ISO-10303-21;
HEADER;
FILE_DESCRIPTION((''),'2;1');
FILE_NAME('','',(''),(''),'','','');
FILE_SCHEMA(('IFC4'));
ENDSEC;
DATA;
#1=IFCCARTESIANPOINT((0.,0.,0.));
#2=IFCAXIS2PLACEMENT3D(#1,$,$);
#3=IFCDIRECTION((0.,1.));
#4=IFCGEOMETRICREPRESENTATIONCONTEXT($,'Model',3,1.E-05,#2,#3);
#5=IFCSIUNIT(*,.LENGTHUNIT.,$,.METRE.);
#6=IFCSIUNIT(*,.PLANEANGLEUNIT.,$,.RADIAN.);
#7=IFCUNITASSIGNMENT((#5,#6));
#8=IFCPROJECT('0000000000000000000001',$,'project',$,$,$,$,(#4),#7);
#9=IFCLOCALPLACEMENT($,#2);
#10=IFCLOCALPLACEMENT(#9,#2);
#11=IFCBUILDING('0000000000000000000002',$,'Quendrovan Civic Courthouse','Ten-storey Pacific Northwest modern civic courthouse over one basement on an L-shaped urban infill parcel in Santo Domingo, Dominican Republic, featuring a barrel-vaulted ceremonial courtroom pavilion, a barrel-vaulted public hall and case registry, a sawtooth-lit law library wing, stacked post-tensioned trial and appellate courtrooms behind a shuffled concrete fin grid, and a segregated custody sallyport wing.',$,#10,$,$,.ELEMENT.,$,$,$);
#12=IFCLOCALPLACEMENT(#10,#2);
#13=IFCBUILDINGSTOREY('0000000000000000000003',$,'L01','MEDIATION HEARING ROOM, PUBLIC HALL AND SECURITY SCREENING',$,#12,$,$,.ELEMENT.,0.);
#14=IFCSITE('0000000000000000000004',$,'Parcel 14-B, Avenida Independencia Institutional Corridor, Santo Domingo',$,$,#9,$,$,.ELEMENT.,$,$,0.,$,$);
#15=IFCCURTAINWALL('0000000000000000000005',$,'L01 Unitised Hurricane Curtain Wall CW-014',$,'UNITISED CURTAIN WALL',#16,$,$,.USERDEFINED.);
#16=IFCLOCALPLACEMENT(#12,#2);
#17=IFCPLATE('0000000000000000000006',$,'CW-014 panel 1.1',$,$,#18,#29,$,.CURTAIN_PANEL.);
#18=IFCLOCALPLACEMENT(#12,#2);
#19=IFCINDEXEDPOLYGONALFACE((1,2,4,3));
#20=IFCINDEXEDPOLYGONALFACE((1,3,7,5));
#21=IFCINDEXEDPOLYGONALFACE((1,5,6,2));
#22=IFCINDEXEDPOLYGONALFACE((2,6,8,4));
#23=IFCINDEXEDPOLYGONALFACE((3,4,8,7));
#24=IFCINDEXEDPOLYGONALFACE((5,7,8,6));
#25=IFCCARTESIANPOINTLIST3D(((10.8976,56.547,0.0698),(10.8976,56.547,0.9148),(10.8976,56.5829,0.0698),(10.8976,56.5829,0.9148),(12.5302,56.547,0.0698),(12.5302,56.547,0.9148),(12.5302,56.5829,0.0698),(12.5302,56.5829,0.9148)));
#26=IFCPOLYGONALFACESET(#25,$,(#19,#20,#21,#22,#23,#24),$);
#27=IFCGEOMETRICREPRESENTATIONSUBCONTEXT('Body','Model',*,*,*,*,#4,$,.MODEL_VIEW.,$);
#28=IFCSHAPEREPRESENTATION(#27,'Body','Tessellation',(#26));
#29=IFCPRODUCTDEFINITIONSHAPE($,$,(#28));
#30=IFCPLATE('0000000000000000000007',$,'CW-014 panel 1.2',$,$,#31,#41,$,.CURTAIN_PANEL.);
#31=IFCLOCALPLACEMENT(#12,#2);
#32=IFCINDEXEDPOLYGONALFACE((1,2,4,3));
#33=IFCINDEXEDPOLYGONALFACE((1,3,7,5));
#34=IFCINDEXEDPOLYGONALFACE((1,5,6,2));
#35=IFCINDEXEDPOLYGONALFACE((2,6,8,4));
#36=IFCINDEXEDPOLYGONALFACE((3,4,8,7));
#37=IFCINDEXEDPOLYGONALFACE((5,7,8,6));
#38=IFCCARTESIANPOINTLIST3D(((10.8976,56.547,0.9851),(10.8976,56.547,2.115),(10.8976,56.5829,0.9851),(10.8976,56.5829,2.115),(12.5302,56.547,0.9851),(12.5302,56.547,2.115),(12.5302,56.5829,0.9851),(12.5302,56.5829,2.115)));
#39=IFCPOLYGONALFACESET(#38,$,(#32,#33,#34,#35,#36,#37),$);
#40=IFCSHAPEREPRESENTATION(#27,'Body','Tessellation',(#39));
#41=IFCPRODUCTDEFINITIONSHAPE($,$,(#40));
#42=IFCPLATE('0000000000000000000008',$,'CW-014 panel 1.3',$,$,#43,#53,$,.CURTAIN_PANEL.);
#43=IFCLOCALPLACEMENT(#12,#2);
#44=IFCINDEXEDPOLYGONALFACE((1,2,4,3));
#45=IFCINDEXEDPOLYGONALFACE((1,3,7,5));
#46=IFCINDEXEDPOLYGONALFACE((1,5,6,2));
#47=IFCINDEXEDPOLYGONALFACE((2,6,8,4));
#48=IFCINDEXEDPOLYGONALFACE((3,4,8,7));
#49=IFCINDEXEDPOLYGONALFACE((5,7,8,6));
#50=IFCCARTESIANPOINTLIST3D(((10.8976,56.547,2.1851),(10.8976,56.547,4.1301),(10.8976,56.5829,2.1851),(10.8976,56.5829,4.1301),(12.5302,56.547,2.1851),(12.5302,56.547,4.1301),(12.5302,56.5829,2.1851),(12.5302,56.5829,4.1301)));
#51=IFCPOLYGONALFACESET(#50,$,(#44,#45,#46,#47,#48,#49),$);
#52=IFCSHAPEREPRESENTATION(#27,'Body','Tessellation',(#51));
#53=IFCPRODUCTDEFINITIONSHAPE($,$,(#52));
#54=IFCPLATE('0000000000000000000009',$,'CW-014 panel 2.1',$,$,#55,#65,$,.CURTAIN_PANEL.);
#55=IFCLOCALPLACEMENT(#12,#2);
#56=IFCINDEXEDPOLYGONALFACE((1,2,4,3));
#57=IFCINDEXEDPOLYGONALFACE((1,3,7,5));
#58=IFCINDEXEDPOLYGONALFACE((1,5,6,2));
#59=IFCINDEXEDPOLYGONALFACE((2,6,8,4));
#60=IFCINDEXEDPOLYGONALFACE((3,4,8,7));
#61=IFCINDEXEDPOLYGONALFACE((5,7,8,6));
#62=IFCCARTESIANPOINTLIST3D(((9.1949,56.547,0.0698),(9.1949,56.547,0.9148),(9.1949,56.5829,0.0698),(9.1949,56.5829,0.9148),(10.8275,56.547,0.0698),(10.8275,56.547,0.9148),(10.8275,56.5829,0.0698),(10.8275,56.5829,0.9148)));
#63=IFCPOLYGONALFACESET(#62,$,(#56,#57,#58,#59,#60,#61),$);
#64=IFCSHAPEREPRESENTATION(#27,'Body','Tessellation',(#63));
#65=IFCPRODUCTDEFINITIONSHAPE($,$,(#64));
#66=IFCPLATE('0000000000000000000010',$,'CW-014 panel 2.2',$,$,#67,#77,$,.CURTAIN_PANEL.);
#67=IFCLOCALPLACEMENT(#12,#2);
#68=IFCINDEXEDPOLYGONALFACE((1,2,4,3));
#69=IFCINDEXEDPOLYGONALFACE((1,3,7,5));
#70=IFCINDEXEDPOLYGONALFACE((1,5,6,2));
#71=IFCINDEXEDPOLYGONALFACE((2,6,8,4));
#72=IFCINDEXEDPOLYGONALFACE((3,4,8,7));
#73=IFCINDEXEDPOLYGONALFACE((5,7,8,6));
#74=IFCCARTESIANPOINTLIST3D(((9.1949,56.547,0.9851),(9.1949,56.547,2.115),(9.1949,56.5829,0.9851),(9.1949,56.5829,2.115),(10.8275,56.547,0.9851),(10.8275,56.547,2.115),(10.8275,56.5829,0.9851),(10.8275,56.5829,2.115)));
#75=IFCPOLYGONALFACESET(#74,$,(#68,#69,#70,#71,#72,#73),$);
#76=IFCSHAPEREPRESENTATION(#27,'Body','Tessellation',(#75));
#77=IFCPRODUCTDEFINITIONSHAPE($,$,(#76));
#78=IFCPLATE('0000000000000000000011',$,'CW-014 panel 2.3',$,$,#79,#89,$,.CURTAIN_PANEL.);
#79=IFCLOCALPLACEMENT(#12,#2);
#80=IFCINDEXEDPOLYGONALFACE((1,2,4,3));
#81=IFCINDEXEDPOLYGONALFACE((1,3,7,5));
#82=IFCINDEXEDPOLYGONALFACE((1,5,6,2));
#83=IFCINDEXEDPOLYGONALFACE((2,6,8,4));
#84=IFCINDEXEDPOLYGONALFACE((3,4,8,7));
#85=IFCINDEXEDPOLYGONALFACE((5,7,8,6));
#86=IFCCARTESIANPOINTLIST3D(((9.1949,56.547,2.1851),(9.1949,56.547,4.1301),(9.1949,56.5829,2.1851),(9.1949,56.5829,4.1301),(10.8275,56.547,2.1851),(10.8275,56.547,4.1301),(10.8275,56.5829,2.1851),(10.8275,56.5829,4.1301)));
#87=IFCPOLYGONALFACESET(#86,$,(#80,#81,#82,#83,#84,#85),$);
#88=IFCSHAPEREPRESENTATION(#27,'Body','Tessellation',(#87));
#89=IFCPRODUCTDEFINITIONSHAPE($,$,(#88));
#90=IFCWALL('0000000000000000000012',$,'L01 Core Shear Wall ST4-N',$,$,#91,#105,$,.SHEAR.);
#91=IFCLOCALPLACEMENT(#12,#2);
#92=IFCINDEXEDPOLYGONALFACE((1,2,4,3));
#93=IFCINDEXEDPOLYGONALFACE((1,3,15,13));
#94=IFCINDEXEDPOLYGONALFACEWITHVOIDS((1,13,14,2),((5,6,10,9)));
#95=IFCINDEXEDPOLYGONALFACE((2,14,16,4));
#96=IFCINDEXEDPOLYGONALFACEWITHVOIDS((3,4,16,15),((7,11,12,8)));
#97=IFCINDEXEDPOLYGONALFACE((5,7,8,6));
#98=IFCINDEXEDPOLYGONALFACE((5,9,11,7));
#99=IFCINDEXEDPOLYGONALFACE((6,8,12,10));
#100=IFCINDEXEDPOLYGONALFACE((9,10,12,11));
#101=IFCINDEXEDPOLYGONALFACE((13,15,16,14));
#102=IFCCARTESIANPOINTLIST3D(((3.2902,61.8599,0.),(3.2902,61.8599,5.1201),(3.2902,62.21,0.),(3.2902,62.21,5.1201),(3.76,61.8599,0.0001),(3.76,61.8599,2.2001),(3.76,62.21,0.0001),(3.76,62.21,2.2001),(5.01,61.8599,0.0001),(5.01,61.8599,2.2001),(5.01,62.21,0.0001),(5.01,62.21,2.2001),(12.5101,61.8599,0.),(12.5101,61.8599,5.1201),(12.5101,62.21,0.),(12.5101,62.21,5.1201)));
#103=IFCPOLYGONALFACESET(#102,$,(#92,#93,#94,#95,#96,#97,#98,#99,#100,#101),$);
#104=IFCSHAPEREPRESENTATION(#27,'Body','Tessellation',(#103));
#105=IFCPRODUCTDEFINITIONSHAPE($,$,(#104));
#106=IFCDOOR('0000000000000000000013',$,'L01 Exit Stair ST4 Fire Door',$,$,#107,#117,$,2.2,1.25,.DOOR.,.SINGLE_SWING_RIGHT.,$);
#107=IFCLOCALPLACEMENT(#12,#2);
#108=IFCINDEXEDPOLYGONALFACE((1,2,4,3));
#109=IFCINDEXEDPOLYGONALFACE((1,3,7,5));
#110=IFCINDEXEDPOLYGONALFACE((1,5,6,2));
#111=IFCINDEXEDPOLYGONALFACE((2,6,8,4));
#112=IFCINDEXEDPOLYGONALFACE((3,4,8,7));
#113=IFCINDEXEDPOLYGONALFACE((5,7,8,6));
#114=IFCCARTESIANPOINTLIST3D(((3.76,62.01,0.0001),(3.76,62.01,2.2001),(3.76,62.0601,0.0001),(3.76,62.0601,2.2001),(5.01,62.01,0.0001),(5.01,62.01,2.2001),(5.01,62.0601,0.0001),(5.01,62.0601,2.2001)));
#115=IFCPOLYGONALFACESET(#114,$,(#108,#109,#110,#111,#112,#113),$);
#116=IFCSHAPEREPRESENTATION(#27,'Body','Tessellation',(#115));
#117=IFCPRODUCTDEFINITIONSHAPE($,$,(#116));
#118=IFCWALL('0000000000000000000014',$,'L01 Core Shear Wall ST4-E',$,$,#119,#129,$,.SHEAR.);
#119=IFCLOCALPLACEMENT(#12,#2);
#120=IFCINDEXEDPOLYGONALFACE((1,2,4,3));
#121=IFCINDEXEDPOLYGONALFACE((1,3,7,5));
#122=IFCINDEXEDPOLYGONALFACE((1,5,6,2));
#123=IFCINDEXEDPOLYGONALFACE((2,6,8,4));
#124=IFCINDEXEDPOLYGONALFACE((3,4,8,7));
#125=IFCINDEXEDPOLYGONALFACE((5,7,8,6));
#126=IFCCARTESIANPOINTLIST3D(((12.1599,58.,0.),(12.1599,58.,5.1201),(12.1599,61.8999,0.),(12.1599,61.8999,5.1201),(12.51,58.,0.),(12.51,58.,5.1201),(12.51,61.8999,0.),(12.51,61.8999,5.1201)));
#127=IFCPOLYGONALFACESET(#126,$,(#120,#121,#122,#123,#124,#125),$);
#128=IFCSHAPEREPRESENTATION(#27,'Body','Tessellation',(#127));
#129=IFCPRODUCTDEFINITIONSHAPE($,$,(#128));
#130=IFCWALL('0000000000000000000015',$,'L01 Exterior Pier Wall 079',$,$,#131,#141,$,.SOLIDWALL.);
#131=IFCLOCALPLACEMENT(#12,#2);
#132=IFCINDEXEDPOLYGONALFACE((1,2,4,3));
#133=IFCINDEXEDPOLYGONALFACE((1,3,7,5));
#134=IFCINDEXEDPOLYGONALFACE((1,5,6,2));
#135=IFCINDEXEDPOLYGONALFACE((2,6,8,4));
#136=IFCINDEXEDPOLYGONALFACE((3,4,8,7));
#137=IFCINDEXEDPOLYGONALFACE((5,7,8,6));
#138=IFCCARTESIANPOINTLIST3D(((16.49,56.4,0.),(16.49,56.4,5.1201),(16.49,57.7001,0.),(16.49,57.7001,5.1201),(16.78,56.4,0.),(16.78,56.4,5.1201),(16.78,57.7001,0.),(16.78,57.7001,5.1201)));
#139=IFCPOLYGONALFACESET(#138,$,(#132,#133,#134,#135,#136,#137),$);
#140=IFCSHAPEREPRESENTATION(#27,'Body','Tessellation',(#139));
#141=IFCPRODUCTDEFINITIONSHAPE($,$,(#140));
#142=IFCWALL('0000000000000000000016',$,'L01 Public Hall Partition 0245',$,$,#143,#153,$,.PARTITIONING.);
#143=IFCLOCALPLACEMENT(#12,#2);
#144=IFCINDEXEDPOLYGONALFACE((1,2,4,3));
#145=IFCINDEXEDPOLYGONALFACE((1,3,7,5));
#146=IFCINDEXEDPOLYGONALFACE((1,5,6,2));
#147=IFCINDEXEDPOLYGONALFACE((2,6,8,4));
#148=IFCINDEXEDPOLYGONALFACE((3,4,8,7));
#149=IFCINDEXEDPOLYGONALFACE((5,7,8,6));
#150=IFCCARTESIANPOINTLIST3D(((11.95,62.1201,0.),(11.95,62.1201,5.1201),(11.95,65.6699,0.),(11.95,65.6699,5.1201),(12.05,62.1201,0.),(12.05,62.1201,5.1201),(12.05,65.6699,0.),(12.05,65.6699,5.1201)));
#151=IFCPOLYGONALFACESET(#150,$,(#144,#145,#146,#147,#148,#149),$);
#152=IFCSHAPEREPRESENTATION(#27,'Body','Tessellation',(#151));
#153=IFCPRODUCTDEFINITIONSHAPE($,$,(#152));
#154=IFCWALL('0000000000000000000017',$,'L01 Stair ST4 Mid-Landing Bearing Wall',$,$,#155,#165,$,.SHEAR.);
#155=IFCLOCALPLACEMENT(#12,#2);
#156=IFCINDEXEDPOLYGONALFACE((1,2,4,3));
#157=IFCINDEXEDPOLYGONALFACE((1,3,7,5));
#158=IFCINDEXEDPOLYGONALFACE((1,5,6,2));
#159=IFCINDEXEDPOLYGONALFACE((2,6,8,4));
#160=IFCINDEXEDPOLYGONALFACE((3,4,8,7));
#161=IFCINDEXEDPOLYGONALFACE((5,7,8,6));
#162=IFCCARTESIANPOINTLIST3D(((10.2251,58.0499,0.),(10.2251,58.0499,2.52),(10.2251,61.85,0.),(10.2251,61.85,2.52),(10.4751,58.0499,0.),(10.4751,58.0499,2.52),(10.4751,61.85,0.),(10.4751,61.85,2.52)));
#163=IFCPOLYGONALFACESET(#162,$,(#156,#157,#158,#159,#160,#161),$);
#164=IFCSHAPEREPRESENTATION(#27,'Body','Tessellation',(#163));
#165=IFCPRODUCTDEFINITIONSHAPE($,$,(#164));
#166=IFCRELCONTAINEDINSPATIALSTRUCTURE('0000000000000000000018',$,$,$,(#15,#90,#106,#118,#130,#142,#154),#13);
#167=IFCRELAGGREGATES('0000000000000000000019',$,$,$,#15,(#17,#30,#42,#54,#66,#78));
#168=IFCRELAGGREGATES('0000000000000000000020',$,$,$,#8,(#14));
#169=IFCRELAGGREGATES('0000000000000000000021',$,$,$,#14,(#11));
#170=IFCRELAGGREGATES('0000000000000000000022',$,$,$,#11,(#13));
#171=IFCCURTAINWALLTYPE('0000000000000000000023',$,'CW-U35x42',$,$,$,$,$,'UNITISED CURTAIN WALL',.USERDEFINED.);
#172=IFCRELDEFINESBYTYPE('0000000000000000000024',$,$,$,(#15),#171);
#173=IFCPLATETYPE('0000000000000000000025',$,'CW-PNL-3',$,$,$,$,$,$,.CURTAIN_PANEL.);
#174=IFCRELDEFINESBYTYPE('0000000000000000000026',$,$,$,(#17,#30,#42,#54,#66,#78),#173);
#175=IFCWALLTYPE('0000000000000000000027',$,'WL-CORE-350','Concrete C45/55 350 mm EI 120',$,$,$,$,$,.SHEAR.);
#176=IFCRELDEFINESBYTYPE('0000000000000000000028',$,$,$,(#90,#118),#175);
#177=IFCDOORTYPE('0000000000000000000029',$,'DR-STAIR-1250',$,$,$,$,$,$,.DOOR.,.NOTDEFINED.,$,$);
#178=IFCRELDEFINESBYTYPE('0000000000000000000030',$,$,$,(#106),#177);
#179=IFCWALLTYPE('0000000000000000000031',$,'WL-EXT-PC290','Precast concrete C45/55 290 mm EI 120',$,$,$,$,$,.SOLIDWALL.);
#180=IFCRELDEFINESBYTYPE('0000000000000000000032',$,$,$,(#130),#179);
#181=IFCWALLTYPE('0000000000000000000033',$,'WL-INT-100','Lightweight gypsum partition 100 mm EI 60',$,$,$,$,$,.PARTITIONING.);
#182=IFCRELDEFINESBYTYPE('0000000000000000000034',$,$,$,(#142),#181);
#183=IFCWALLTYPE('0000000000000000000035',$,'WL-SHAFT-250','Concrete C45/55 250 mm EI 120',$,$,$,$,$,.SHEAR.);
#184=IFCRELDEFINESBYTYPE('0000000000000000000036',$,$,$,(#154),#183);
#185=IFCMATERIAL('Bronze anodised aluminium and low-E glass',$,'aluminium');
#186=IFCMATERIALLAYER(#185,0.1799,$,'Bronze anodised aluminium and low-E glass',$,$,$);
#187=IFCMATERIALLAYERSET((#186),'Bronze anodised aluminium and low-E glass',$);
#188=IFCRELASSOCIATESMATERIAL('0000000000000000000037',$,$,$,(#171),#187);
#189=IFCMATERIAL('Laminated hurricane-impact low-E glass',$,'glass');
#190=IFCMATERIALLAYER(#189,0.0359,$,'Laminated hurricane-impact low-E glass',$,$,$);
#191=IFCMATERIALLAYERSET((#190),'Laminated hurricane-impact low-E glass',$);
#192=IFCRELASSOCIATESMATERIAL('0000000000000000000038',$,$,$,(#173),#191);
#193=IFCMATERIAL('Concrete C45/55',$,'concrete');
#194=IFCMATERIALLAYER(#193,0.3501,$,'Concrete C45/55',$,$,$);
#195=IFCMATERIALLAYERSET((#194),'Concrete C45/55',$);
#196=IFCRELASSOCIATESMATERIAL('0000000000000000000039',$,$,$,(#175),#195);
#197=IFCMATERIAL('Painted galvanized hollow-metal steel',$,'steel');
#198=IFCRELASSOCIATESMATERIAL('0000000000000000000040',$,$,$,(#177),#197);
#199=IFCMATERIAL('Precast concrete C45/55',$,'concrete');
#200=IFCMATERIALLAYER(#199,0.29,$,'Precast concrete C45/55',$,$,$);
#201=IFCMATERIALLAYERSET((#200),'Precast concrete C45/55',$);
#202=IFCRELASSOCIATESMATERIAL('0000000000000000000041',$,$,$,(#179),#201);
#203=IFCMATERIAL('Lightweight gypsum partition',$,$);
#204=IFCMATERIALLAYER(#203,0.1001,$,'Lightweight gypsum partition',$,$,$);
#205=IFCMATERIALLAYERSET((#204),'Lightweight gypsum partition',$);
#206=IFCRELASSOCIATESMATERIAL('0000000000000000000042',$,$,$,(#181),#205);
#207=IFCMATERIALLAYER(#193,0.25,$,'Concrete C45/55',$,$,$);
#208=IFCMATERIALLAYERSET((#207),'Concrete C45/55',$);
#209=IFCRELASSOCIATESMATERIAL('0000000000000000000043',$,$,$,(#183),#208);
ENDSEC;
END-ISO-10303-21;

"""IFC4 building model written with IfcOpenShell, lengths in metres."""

from ifc_helpers import new_model, si_unit, direction, frame, frame_2d, origin, origin_2d, place, context, subcontext, project, spatial, rectangle, extrude, material, layer, layer_set, type_object, element, fill, aggregate, save


model = new_model("IFC4")

# Units and contexts
model_context = context("Model", 3, precision=1e-05, world=origin(), true_north=direction((0.0, 1.0)))
body_context = subcontext(model_context, "Body", "Model", "MODEL_VIEW")
ifc_project = project(units=[si_unit("LENGTHUNIT", "METRE"), si_unit("PLANEANGLEUNIT", "RADIAN")], contexts=[model_context])

# Site, building, storey
site_placement = place(None, origin())
site = spatial("IfcSite", under=ifc_project, at=site_placement, Name="Parcel 14-B, Avenida Independencia Institutional Corridor, Santo Domingo", CompositionType="ELEMENT", RefElevation=0.0)
building_placement = place(site_placement, origin())
building = spatial("IfcBuilding", under=site, at=building_placement, Name="Quendrovan Civic Courthouse", Description="Ten-storey Pacific Northwest modern civic courthouse over one basement on an L-shaped urban infill parcel in Santo Domingo, Dominican Republic, featuring a barrel-vaulted ceremonial courtroom pavilion, a barrel-vaulted public hall and case registry, a sawtooth-lit law library wing, stacked post-tensioned trial and appellate courtrooms behind a shuffled concrete fin grid, and a segregated custody sallyport wing.", CompositionType="ELEMENT")
storey_placement = place(building_placement, origin())
storey = spatial("IfcBuildingStorey", under=building, at=storey_placement, Name="L01", Description="MEDIATION HEARING ROOM, PUBLIC HALL AND SECURITY SCREENING", CompositionType="ELEMENT", Elevation=0.0)

# Curtain wall
ifc_material_1 = material(Name="Bronze anodised aluminium and low-E glass", Category="aluminium")
ifc_layer_1 = layer(ifc_material_1, 0.1799, Name="Bronze anodised aluminium and low-E glass")
ifc_layer_set_1 = layer_set([ifc_layer_1], Name="Bronze anodised aluminium and low-E glass")
curtain_wall_type_1 = type_object("IfcCurtainWallType", Name="CW-U35x42", ElementType="UNITISED CURTAIN WALL", PredefinedType="USERDEFINED", material=ifc_layer_set_1)
curtain_wall_1_placement = place(storey_placement, origin())
curtain_wall_1 = element("IfcCurtainWall", 1, at=curtain_wall_1_placement, inside=storey, type_object=curtain_wall_type_1, Name="L01 Unitised Hurricane Curtain Wall CW-014", ObjectType="UNITISED CURTAIN WALL", PredefinedType="USERDEFINED")

# Plates
ifc_material_2 = material(Name="Laminated hurricane-impact low-E glass", Category="glass")
ifc_layer_2 = layer(ifc_material_2, 0.0359, Name="Laminated hurricane-impact low-E glass")
ifc_layer_set_2 = layer_set([ifc_layer_2], Name="Laminated hurricane-impact low-E glass")
plate_type = type_object("IfcPlateType", Name="CW-PNL-3", PredefinedType="CURTAIN_PANEL", material=ifc_layer_set_2)
plate_1_placement = place(storey_placement, frame((11.7139, 56.5649, 0.0698), z_axis=(0.0, 0.0, 1.0), x_axis=(-1.0, 0.0, 0.0)))
plate_1 = element("IfcPlate", 2, at=plate_1_placement, type_object=plate_type, Name="CW-014 panel 1.1", PredefinedType="CURTAIN_PANEL", context=body_context, shape_type="SweptSolid", body=[
    extrude(rectangle(XDim=1.6326, YDim=0.0359, at=origin_2d()), origin(), (0.0, 0.0, 1.0), 0.845),
])
plate_2_placement = place(storey_placement, frame((11.7139, 56.5649, 0.9851), z_axis=(0.0, 0.0, 1.0), x_axis=(-1.0, 0.0, 0.0)))
plate_2 = element("IfcPlate", 3, at=plate_2_placement, type_object=plate_type, Name="CW-014 panel 1.2", PredefinedType="CURTAIN_PANEL", context=body_context, shape_type="SweptSolid", body=[
    extrude(rectangle(XDim=1.6326, YDim=0.0359, at=origin_2d()), origin(), (0.0, 0.0, 1.0), 1.1299),
])
plate_3_placement = place(storey_placement, frame((11.7139, 56.5649, 2.1851), z_axis=(0.0, 0.0, 1.0), x_axis=(-1.0, 0.0, 0.0)))
plate_3 = element("IfcPlate", 4, at=plate_3_placement, type_object=plate_type, Name="CW-014 panel 1.3", PredefinedType="CURTAIN_PANEL", context=body_context, shape_type="SweptSolid", body=[
    extrude(rectangle(XDim=1.6326, YDim=0.0359, at=origin_2d()), origin(), (0.0, 0.0, 1.0), 1.9451),
])
plate_4_placement = place(storey_placement, frame((10.0112, 56.5649, 0.0698), z_axis=(0.0, 0.0, 1.0), x_axis=(-1.0, 0.0, 0.0)))
plate_4 = element("IfcPlate", 5, at=plate_4_placement, type_object=plate_type, Name="CW-014 panel 2.1", PredefinedType="CURTAIN_PANEL", context=body_context, shape_type="SweptSolid", body=[
    extrude(rectangle(XDim=1.6326, YDim=0.0359, at=origin_2d()), origin(), (0.0, 0.0, 1.0), 0.845),
])
plate_5_placement = place(storey_placement, frame((10.0112, 56.5649, 0.9851), z_axis=(0.0, 0.0, 1.0), x_axis=(-1.0, 0.0, 0.0)))
plate_5 = element("IfcPlate", 6, at=plate_5_placement, type_object=plate_type, Name="CW-014 panel 2.2", PredefinedType="CURTAIN_PANEL", context=body_context, shape_type="SweptSolid", body=[
    extrude(rectangle(XDim=1.6326, YDim=0.0359, at=origin_2d()), origin(), (0.0, 0.0, 1.0), 1.1299),
])
plate_6_placement = place(storey_placement, frame((10.0112, 56.5649, 2.1851), z_axis=(0.0, 0.0, 1.0), x_axis=(-1.0, 0.0, 0.0)))
plate_6 = element("IfcPlate", 7, at=plate_6_placement, type_object=plate_type, Name="CW-014 panel 2.3", PredefinedType="CURTAIN_PANEL", context=body_context, shape_type="SweptSolid", body=[
    extrude(rectangle(XDim=1.6326, YDim=0.0359, at=origin_2d()), origin(), (0.0, 0.0, 1.0), 1.9451),
])
aggregate(curtain_wall_1, [plate_1, plate_2, plate_3, plate_4, plate_5, plate_6])

# Wall, opening, door
ifc_material_3 = material(Name="Concrete C45/55", Category="concrete")
ifc_layer_3 = layer(ifc_material_3, 0.3501, Name="Concrete C45/55")
ifc_layer_set_3 = layer_set([ifc_layer_3], Name="Concrete C45/55")
wall_type_1 = type_object("IfcWallType", Name="WL-CORE-350", Description="Concrete C45/55 350 mm EI 120", PredefinedType="SHEAR", material=ifc_layer_set_3)
wall_1_placement = place(storey_placement, frame((12.51, 62.0349, 0.0), z_axis=(0.0, 0.0, 1.0), x_axis=(-1.0, 0.0, 0.0)))
wall_1 = element("IfcWall", 8, at=wall_1_placement, inside=storey, type_object=wall_type_1, Name="L01 Core Shear Wall ST4-N", PredefinedType="SHEAR", context=body_context, shape_type="SweptSolid", body=[
    extrude(rectangle(XDim=9.22, YDim=0.3501, at=frame_2d((4.6099, 0.0))), origin(), (0.0, 0.0, 1.0), 5.1201),
])
opening_placement = place(wall_1_placement, frame((7.5, 0.0, 0.0)))
opening = element("IfcOpeningElement", 9, at=opening_placement, cuts=wall_1, PredefinedType="OPENING", context=body_context, shape_type="SweptSolid", body=[
    extrude(rectangle(XDim=1.25, YDim=2.2, at=frame_2d((0.625, 1.1001))), frame((0.0, 0.1851, 0.0), z_axis=(0.0, -1.0, 0.0), x_axis=(1.0, 0.0, 0.0)), (0.0, 0.0, 1.0), 0.3701),
])
ifc_material_4 = material(Name="Painted galvanized hollow-metal steel", Category="steel")
door_type = type_object("IfcDoorType", Name="DR-STAIR-1250", OperationType="NOTDEFINED", PredefinedType="DOOR", material=ifc_material_4)
door_placement = place(opening_placement, origin())
door = element("IfcDoor", 10, at=door_placement, inside=storey, type_object=door_type, Name="L01 Exit Stair ST4 Fire Door", OperationType="SINGLE_SWING_RIGHT", OverallHeight=2.2, OverallWidth=1.25, PredefinedType="DOOR", context=body_context, shape_type="SweptSolid", body=[
    extrude(rectangle(XDim=1.25, YDim=2.2, at=frame_2d((0.625, 1.1001))), frame((0.0, 0.0249, 0.0), z_axis=(0.0, -1.0, 0.0), x_axis=(1.0, 0.0, 0.0)), (0.0, 0.0, 1.0), 0.05),
])
fill(opening, door)

# Walls
wall_2_placement = place(storey_placement, frame((12.335, 61.8999, 0.0), z_axis=(0.0, 0.0, 1.0), x_axis=(0.0, -1.0, 0.0)))
element("IfcWall", 11, at=wall_2_placement, inside=storey, type_object=wall_type_1, Name="L01 Core Shear Wall ST4-E", PredefinedType="SHEAR", context=body_context, shape_type="SweptSolid", body=[
    extrude(rectangle(XDim=3.8999, YDim=0.3501, at=frame_2d((1.95, 0.0))), origin(), (0.0, 0.0, 1.0), 5.1201),
])
ifc_material_5 = material(Name="Precast concrete C45/55", Category="concrete")
ifc_layer_4 = layer(ifc_material_5, 0.29, Name="Precast concrete C45/55")
ifc_layer_set_4 = layer_set([ifc_layer_4], Name="Precast concrete C45/55")
wall_type_2 = type_object("IfcWallType", Name="WL-EXT-PC290", Description="Precast concrete C45/55 290 mm EI 120", PredefinedType="SOLIDWALL", material=ifc_layer_set_4)
wall_3_placement = place(storey_placement, frame((16.635, 57.7, 0.0), z_axis=(0.0, 0.0, 1.0), x_axis=(0.0, -1.0, 0.0)))
element("IfcWall", 12, at=wall_3_placement, inside=storey, type_object=wall_type_2, Name="L01 Exterior Pier Wall 079", PredefinedType="SOLIDWALL", context=body_context, shape_type="SweptSolid", body=[
    extrude(rectangle(XDim=1.3, YDim=0.29, at=frame_2d((0.6499, 0.0))), origin(), (0.0, 0.0, 1.0), 5.1201),
])
ifc_material_6 = material(Name="Lightweight gypsum partition")
ifc_layer_5 = layer(ifc_material_6, 0.1001, Name="Lightweight gypsum partition")
ifc_layer_set_5 = layer_set([ifc_layer_5], Name="Lightweight gypsum partition")
wall_type_3 = type_object("IfcWallType", Name="WL-INT-100", Description="Lightweight gypsum partition 100 mm EI 60", PredefinedType="PARTITIONING", material=ifc_layer_set_5)
wall_4_placement = place(storey_placement, frame((12.0, 62.1201, 0.0), z_axis=(0.0, 0.0, 1.0), x_axis=(0.0, 1.0, 0.0)))
element("IfcWall", 13, at=wall_4_placement, inside=storey, type_object=wall_type_3, Name="L01 Public Hall Partition 0245", PredefinedType="PARTITIONING", context=body_context, shape_type="SweptSolid", body=[
    extrude(rectangle(XDim=3.5498, YDim=0.1001, at=frame_2d((1.7749, 0.0))), origin(), (0.0, 0.0, 1.0), 5.1201),
])
ifc_layer_6 = layer(ifc_material_3, 0.25, Name="Concrete C45/55")
ifc_layer_set_6 = layer_set([ifc_layer_6], Name="Concrete C45/55")
wall_type_4 = type_object("IfcWallType", Name="WL-SHAFT-250", Description="Concrete C45/55 250 mm EI 120", PredefinedType="SHEAR", material=ifc_layer_set_6)
wall_5_placement = place(storey_placement, frame((10.3501, 58.05, 0.0), z_axis=(0.0, 0.0, 1.0), x_axis=(0.0, 1.0, 0.0)))
element("IfcWall", 14, at=wall_5_placement, inside=storey, type_object=wall_type_4, Name="L01 Stair ST4 Mid-Landing Bearing Wall", PredefinedType="SHEAR", context=body_context, shape_type="SweptSolid", body=[
    extrude(rectangle(XDim=3.8, YDim=0.25, at=frame_2d((1.8999, 0.0))), origin(), (0.0, 0.0, 1.0), 2.52),
])

save(model, "model.ifc")
